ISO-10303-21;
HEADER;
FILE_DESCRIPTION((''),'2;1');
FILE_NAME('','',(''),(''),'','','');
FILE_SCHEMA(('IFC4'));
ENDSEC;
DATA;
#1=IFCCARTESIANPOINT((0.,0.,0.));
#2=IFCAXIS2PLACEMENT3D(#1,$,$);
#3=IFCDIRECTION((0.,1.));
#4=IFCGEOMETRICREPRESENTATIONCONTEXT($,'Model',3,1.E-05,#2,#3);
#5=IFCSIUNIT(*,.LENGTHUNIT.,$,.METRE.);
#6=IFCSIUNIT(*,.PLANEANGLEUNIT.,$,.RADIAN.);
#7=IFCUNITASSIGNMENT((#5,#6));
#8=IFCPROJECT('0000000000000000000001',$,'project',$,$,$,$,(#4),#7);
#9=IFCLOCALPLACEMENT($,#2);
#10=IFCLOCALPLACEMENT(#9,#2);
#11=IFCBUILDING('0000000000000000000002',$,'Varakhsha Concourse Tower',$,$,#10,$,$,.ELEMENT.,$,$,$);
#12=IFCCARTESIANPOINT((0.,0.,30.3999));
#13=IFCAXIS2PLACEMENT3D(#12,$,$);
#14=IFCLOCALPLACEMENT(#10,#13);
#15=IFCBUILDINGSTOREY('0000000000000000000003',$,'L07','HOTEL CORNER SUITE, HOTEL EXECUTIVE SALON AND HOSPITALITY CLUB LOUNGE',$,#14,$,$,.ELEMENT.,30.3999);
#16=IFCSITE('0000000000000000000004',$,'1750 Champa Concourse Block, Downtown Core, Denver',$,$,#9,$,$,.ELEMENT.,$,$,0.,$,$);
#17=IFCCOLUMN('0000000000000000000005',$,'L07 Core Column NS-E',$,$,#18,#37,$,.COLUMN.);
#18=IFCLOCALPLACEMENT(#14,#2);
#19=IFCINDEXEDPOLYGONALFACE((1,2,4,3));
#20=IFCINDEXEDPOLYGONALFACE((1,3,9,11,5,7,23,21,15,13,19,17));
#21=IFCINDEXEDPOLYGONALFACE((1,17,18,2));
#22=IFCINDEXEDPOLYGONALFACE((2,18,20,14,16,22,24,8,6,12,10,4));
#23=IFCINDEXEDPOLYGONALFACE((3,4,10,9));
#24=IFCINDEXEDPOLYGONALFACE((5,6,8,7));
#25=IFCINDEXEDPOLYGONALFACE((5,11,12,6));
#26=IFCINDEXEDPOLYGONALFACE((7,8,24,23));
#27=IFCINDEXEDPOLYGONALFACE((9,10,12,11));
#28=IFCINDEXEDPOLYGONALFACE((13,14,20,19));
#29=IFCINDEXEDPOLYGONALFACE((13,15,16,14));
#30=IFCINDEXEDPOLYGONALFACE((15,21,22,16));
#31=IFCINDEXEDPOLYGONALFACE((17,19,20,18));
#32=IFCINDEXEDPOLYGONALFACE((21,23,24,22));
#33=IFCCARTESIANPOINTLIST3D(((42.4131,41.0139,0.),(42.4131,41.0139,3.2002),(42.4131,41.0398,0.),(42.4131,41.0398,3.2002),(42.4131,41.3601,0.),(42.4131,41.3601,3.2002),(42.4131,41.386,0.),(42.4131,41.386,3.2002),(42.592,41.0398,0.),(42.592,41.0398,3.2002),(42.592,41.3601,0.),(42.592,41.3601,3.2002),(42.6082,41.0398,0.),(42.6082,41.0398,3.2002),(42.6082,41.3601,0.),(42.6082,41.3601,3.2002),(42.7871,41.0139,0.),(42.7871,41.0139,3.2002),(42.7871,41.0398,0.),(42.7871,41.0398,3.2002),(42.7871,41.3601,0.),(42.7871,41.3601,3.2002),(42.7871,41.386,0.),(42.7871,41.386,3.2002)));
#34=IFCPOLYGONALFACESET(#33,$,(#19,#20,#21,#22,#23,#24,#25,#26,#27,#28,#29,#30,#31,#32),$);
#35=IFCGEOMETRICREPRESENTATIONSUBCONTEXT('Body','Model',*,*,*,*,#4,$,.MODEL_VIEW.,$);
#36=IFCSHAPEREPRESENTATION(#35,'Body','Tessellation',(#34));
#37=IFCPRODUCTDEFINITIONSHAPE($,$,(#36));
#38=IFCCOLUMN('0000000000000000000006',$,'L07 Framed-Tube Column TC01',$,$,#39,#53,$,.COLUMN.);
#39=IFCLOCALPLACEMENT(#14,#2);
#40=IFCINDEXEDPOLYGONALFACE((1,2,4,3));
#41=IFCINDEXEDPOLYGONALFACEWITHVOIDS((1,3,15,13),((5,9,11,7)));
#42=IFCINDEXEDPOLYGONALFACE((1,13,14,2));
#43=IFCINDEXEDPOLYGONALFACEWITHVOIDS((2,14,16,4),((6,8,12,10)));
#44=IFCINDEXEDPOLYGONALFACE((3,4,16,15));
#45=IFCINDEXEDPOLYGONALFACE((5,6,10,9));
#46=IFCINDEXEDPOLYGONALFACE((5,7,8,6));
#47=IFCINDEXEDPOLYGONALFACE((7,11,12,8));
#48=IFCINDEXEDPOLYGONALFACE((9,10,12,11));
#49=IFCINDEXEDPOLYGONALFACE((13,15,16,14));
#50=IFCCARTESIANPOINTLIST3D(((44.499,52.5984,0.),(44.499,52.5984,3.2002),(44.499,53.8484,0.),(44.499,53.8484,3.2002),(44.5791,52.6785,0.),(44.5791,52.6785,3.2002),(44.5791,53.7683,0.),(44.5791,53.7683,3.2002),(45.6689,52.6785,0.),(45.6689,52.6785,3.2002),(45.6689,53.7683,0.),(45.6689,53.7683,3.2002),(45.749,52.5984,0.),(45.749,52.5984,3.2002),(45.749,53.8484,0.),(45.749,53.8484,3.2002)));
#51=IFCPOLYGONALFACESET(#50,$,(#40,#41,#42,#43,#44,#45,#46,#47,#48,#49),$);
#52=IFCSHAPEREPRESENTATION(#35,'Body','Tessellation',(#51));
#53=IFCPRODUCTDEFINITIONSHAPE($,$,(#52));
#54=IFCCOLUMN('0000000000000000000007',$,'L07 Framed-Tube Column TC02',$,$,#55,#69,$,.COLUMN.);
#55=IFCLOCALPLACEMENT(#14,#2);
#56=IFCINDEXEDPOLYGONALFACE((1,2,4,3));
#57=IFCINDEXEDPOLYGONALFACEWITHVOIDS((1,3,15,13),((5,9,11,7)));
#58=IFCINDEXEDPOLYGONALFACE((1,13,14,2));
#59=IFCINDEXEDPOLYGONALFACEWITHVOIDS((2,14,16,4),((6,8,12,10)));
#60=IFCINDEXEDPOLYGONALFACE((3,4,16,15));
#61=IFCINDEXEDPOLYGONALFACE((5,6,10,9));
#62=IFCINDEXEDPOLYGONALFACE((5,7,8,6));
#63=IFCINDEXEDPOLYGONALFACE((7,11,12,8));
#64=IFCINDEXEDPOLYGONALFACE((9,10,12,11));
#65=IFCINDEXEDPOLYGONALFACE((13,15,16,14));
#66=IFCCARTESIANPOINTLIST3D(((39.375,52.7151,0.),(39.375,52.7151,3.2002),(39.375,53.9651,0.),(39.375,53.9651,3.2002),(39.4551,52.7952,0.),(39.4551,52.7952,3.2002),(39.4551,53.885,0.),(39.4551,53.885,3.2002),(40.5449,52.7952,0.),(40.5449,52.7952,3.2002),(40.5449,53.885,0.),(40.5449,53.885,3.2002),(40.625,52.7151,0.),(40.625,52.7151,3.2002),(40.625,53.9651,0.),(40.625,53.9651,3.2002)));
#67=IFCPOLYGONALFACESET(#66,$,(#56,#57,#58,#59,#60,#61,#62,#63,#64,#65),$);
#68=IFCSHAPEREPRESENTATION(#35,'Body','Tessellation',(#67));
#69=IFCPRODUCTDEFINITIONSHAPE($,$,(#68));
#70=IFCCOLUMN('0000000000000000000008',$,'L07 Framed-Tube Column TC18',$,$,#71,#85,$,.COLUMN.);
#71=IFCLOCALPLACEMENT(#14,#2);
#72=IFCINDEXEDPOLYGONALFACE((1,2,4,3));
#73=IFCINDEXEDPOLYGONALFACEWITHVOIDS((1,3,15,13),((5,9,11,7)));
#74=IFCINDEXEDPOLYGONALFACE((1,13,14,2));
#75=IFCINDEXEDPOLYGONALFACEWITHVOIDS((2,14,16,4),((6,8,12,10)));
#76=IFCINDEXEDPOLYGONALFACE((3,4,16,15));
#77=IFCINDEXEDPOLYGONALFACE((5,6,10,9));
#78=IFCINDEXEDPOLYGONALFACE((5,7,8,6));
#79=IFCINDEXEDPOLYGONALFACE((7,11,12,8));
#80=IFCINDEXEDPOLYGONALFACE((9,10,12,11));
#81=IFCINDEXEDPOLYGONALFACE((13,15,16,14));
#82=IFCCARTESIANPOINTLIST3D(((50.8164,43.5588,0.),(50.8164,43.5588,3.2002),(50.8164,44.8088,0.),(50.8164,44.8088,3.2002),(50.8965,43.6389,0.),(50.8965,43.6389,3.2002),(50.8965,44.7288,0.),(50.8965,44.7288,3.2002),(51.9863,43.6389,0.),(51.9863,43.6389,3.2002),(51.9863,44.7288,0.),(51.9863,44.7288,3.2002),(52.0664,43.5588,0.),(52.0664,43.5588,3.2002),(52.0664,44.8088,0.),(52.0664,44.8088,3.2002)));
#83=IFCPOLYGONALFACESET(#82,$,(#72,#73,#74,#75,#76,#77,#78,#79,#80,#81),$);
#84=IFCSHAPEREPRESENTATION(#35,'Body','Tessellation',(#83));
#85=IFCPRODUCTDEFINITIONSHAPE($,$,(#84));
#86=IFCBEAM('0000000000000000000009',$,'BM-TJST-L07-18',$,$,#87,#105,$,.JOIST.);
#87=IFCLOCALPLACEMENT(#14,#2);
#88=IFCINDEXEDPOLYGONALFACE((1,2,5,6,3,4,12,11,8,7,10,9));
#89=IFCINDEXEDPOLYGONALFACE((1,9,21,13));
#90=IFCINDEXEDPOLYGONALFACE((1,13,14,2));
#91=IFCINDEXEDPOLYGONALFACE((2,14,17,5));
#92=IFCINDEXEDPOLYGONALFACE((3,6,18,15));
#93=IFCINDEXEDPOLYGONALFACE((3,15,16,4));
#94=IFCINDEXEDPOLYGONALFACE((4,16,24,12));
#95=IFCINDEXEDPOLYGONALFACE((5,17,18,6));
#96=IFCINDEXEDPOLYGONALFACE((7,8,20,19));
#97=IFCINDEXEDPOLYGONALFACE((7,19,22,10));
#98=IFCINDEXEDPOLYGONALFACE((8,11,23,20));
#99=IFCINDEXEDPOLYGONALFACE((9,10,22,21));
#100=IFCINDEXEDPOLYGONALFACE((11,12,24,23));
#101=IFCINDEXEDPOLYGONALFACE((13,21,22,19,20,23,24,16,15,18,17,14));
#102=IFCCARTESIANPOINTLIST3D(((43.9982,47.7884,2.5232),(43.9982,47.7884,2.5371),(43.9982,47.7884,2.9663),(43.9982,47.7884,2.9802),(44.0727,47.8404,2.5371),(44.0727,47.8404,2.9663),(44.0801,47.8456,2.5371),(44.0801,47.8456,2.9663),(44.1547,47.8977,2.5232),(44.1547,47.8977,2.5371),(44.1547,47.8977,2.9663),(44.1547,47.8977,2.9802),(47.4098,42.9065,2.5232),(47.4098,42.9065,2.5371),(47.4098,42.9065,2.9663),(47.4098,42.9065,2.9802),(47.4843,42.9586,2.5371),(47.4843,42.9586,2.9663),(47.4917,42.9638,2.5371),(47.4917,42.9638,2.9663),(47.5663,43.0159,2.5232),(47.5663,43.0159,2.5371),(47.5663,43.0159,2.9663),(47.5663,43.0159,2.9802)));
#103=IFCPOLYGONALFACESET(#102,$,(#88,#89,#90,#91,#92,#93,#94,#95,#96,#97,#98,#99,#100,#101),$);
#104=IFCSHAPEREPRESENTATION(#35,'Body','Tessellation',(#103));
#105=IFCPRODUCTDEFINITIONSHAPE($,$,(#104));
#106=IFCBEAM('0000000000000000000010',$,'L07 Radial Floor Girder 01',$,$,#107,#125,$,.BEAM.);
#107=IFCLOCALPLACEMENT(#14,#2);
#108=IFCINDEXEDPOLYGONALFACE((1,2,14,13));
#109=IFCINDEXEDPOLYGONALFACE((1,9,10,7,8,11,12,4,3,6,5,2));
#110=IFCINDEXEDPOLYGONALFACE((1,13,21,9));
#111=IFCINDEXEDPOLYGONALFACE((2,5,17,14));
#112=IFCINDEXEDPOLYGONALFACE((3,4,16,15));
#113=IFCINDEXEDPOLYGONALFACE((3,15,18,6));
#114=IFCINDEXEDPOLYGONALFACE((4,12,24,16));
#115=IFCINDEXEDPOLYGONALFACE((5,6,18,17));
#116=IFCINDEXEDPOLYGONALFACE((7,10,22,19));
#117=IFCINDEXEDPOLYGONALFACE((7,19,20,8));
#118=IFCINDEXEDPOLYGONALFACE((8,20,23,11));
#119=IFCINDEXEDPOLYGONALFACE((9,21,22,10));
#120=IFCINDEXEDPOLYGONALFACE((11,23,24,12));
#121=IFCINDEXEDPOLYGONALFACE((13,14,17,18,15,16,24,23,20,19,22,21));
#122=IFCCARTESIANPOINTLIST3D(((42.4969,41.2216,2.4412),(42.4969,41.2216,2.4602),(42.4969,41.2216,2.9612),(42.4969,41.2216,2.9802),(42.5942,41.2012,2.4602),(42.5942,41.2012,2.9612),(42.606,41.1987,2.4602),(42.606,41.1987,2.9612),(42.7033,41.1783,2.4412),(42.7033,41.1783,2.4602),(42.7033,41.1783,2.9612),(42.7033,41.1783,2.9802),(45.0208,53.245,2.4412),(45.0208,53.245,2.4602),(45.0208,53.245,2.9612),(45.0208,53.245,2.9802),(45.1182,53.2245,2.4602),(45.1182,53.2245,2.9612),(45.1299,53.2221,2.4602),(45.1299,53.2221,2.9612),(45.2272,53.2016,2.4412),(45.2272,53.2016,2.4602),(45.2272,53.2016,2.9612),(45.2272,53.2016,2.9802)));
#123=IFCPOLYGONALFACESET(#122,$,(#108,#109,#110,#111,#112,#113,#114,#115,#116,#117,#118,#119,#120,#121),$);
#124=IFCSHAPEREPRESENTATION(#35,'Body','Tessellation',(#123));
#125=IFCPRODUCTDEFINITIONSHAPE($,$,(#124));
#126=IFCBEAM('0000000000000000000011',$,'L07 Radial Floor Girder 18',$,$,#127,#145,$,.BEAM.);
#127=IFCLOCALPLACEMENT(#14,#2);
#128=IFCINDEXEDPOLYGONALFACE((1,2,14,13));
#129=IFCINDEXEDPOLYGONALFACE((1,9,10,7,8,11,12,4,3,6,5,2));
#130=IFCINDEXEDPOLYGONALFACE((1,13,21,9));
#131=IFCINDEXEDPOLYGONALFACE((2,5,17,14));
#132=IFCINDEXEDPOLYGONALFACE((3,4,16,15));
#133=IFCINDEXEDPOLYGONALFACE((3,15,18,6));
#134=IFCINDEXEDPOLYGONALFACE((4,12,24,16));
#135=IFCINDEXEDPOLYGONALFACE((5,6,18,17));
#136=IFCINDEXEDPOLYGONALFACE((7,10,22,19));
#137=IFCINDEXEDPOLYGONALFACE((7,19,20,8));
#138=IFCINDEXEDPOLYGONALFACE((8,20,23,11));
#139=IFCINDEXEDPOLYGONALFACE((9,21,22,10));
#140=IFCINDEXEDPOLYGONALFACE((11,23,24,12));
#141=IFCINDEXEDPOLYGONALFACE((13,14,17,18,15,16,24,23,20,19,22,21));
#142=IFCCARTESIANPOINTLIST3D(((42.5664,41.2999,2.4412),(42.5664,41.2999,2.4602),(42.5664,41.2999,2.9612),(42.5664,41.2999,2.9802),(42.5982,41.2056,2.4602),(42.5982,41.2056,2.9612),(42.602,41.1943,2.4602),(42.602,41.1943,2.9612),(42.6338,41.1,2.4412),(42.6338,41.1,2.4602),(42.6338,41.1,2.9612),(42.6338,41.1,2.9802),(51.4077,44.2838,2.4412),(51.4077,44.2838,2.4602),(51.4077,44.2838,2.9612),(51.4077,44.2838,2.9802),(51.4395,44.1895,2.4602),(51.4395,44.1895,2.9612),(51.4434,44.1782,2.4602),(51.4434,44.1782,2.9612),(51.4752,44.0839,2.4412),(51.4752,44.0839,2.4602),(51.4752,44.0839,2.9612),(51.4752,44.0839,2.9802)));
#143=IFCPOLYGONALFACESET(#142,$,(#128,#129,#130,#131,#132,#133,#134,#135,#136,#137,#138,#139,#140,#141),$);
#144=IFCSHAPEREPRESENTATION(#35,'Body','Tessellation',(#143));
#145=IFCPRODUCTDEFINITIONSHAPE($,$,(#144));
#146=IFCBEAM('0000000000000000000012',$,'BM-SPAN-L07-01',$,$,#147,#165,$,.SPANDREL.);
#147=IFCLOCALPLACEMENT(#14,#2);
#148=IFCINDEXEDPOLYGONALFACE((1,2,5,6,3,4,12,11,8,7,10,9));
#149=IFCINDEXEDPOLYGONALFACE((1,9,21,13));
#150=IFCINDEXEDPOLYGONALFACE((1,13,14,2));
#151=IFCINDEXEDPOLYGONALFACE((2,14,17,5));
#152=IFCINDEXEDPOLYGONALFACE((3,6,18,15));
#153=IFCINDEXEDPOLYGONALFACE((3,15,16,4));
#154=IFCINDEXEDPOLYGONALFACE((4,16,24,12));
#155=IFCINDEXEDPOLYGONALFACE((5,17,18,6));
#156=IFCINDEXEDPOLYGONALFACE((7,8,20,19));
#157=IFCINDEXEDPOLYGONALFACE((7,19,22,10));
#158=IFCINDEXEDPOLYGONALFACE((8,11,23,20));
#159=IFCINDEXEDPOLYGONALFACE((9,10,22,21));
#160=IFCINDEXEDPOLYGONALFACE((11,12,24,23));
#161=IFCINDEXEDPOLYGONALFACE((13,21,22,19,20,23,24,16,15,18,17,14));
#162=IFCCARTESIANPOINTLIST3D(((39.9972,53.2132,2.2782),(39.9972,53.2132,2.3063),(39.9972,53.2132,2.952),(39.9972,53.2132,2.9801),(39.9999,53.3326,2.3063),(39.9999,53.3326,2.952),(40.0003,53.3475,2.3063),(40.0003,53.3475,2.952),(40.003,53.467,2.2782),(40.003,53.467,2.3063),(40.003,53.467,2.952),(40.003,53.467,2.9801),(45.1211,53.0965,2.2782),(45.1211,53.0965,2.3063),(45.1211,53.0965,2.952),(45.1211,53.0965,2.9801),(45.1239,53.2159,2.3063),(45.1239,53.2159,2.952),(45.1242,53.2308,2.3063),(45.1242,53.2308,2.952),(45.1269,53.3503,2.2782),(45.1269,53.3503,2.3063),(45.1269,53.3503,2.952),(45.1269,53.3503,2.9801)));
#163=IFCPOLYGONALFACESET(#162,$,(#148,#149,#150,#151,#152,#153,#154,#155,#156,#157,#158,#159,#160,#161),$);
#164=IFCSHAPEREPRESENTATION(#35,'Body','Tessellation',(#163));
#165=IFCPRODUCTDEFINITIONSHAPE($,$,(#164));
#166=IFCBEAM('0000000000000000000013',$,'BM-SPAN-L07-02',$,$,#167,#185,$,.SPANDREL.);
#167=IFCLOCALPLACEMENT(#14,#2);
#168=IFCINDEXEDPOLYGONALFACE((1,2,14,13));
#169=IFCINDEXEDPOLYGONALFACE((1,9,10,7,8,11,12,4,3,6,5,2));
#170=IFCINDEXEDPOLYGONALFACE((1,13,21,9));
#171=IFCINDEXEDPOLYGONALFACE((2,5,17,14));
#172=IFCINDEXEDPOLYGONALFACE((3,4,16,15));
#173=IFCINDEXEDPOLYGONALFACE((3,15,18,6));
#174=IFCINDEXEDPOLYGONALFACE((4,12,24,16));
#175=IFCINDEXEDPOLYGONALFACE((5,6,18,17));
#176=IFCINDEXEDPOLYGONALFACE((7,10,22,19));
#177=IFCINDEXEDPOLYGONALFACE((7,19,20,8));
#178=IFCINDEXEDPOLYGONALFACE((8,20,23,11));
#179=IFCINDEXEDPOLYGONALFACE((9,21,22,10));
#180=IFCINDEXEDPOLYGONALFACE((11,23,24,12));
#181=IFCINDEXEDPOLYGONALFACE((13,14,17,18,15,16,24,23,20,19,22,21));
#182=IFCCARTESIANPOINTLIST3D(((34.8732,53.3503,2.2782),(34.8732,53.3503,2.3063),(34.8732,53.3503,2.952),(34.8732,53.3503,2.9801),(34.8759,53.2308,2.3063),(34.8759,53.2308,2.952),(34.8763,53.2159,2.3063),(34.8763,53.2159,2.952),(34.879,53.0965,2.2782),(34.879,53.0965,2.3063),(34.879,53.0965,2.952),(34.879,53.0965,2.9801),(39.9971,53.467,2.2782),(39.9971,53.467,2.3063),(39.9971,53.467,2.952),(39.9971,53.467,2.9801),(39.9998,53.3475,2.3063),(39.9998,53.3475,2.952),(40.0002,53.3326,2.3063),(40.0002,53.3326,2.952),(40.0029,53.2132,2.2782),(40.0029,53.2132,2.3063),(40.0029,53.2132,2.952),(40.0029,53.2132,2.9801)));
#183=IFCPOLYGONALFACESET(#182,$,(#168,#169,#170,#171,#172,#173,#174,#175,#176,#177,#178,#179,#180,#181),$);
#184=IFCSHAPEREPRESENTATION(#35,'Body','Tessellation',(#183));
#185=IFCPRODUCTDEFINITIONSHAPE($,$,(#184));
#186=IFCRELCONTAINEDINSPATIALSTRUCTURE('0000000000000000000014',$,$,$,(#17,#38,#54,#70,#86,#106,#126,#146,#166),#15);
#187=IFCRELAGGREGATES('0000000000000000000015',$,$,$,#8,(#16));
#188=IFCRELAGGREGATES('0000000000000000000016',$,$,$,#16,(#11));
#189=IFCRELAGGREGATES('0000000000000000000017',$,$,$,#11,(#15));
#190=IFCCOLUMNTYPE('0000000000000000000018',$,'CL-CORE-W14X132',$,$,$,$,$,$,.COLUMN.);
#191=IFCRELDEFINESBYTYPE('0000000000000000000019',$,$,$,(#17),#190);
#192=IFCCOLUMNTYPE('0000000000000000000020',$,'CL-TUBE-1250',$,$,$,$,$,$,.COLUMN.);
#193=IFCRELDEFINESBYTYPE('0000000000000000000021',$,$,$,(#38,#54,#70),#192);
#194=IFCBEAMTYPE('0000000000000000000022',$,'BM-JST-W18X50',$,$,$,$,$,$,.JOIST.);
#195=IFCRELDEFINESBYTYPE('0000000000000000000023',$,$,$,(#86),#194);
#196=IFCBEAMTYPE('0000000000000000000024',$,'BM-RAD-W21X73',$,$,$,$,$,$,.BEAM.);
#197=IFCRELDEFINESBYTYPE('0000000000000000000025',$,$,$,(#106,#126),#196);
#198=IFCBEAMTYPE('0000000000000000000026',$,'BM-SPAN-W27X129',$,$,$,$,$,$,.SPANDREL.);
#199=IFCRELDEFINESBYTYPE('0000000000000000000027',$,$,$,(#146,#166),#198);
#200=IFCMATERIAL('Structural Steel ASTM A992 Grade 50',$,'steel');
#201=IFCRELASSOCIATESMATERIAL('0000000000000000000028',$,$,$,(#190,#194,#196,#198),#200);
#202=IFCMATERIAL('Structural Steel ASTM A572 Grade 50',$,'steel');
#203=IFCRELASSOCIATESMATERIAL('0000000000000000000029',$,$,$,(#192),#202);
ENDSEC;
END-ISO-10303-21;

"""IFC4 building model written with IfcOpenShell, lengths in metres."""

from ifc_helpers import new_model, si_unit, direction, frame, origin, origin_2d, place, context, subcontext, project, spatial, hollow_rectangle, i_section, extrude, material, material_profile, profile_set, type_object, element, save


model = new_model("IFC4")

# Units and contexts
model_context = context("Model", 3, precision=1e-05, world=origin(), true_north=direction((0.0, 1.0)))
body_context = subcontext(model_context, "Body", "Model", "MODEL_VIEW")
ifc_project = project(units=[si_unit("LENGTHUNIT", "METRE"), si_unit("PLANEANGLEUNIT", "RADIAN")], contexts=[model_context])

# Site, building, storey
site_placement = place(None, origin())
site = spatial("IfcSite", under=ifc_project, at=site_placement, Name="1750 Champa Concourse Block, Downtown Core, Denver", CompositionType="ELEMENT", RefElevation=0.0)
building_placement = place(site_placement, origin())
building = spatial("IfcBuilding", under=site, at=building_placement, Name="Varakhsha Concourse Tower", CompositionType="ELEMENT")
storey_placement = place(building_placement, frame((0.0, 0.0, 30.3999)))
storey = spatial("IfcBuildingStorey", under=building, at=storey_placement, Name="L07", Description="HOTEL CORNER SUITE, HOTEL EXECUTIVE SALON AND HOSPITALITY CLUB LOUNGE", CompositionType="ELEMENT", Elevation=30.3999)

# Columns
ifc_material_1 = material(Name="Structural Steel ASTM A992 Grade 50", Category="steel")
ifc_material_profile_1 = material_profile(ifc_material_1, i_section(OverallWidth=0.374, OverallDepth=0.3721, WebThickness=0.0161, FlangeThickness=0.0259, at=origin_2d()), Name="W14X132")
ifc_profile_set_1 = profile_set([ifc_material_profile_1], Name="Structural Steel ASTM A992 Grade 50")
column_type_1 = type_object("IfcColumnType", Name="CL-CORE-W14X132", PredefinedType="COLUMN", material=ifc_profile_set_1)
column_placement = place(storey_placement, frame((42.6001, 41.2, 0.0), z_axis=(0.0, 0.0, 1.0), x_axis=(1.0, 0.0, 0.0)))
element("IfcColumn", 1, at=column_placement, inside=storey, type_object=column_type_1, Name="L07 Core Column NS-E", PredefinedType="COLUMN", context=body_context, shape_type="SweptSolid", body=[
    extrude(i_section(OverallWidth=0.374, OverallDepth=0.3721, WebThickness=0.0161, FlangeThickness=0.0259, at=origin_2d()), origin(), (0.0, 0.0, 1.0), 3.2002),
])
ifc_material_2 = material(Name="Structural Steel ASTM A572 Grade 50", Category="steel")
ifc_material_profile_2 = material_profile(ifc_material_2, hollow_rectangle(XDim=1.25, YDim=1.25, WallThickness=0.0801, at=origin_2d()), Name="BOX 1250x1250x80")
ifc_profile_set_2 = profile_set([ifc_material_profile_2], Name="Structural Steel ASTM A572 Grade 50")
column_type_2 = type_object("IfcColumnType", Name="CL-TUBE-1250", PredefinedType="COLUMN", material=ifc_profile_set_2)
for number, where, z_axis, x_axis, name in (
    (2, (45.124, 53.2234, 0.0), (0.0, 0.0, 1.0), (1.0, 0.0, 0.0), "L07 Framed-Tube Column TC01"),
    (3, (40.0, 53.3401, 0.0), (0.0, 0.0, 1.0), (1.0, 0.0, 0.0), "L07 Framed-Tube Column TC02"),
    (4, (51.4414, 44.1838, 0.0), (0.0, 0.0, 1.0), (1.0, 0.0, 0.0), "L07 Framed-Tube Column TC18"),
):
    element("IfcColumn", number, at=place(storey_placement, frame(where, z_axis=z_axis, x_axis=x_axis)), inside=storey, type_object=column_type_2, Name=name, PredefinedType="COLUMN", context=body_context, shape_type="SweptSolid", body=[
        extrude(hollow_rectangle(XDim=1.25, YDim=1.25, WallThickness=0.0801, at=origin_2d()), origin(), (0.0, 0.0, 1.0), 3.2002),
    ])

# Beams
ifc_material_profile_3 = material_profile(ifc_material_1, i_section(OverallWidth=0.1909, OverallDepth=0.457, WebThickness=0.009, FlangeThickness=0.0139, at=origin_2d()), Name="W18X50")
ifc_profile_set_3 = profile_set([ifc_material_profile_3], Name="Structural Steel ASTM A992 Grade 50")
beam_type_1 = type_object("IfcBeamType", Name="BM-JST-W18X50", PredefinedType="JOIST", material=ifc_profile_set_3)
beam_1_placement = place(storey_placement, frame((47.488, 42.9612, 2.7517), z_axis=(-0.572824, 0.819678, 0.0), x_axis=(-0.819678, -0.572824, 0.0)))
element("IfcBeam", 5, at=beam_1_placement, inside=storey, type_object=beam_type_1, Name="BM-TJST-L07-18", PredefinedType="JOIST", context=body_context, shape_type="SweptSolid", body=[
    extrude(i_section(OverallWidth=0.1909, OverallDepth=0.457, WebThickness=0.009, FlangeThickness=0.0139, at=origin_2d()), origin(), (0.0, 0.0, 1.0), 5.9558),
])
ifc_material_profile_4 = material_profile(ifc_material_1, i_section(OverallWidth=0.2109, OverallDepth=0.5391, WebThickness=0.012, FlangeThickness=0.019, at=origin_2d()), Name="W21X73")
ifc_profile_set_4 = profile_set([ifc_material_profile_4], Name="Structural Steel ASTM A992 Grade 50")
beam_type_2 = type_object("IfcBeamType", Name="BM-RAD-W21X73", PredefinedType="BEAM", material=ifc_profile_set_4)
beam_2_placement = place(storey_placement, frame((42.6001, 41.2, 2.7107), z_axis=(0.20544, 0.97867, 0.0), x_axis=(-0.97867, 0.20544, 0.0)))
element("IfcBeam", 6, at=beam_2_placement, inside=storey, type_object=beam_type_2, Name="L07 Radial Floor Girder 01", PredefinedType="BEAM", context=body_context, shape_type="SweptSolid", body=[
    extrude(i_section(OverallWidth=0.2109, OverallDepth=0.5391, WebThickness=0.012, FlangeThickness=0.019, at=origin_2d()), origin(), (0.0, 0.0, 1.0), 12.2854),
])
beam_3_placement = place(storey_placement, frame((42.6001, 41.2, 2.7107), z_axis=(0.947494, 0.319773, 0.0), x_axis=(-0.319773, 0.947494, 0.0)))
element("IfcBeam", 7, at=beam_3_placement, inside=storey, type_object=beam_type_2, Name="L07 Radial Floor Girder 18", PredefinedType="BEAM", context=body_context, shape_type="SweptSolid", body=[
    extrude(i_section(OverallWidth=0.2109, OverallDepth=0.5391, WebThickness=0.012, FlangeThickness=0.019, at=origin_2d()), origin(), (0.0, 0.0, 1.0), 9.3313),
])
ifc_material_profile_5 = material_profile(ifc_material_1, i_section(OverallWidth=0.2539, OverallDepth=0.7019, WebThickness=0.0149, FlangeThickness=0.0281, at=origin_2d()), Name="W27X129")
ifc_profile_set_5 = profile_set([ifc_material_profile_5], Name="Structural Steel ASTM A992 Grade 50")
beam_type_3 = type_object("IfcBeamType", Name="BM-SPAN-W27X129", PredefinedType="SPANDREL", material=ifc_profile_set_5)
for number, where, z_axis, x_axis, name in (
    (8, (45.124, 53.2234, 2.6292), (-0.999741, 0.022769, 0.0), (-0.022769, -0.999741, 0.0), "BM-SPAN-L07-01"),
    (9, (40.0, 53.3401, 2.6292), (-0.999741, -0.022769, 0.0), (0.022769, -0.999741, 0.0), "BM-SPAN-L07-02"),
):
    element("IfcBeam", number, at=place(storey_placement, frame(where, z_axis=z_axis, x_axis=x_axis)), inside=storey, type_object=beam_type_3, Name=name, PredefinedType="SPANDREL", context=body_context, shape_type="SweptSolid", body=[
        extrude(i_section(OverallWidth=0.2539, OverallDepth=0.7019, WebThickness=0.0149, FlangeThickness=0.0281, at=origin_2d()), origin(), (0.0, 0.0, 1.0), 5.1252),
    ])

save(model, "model.ifc")
